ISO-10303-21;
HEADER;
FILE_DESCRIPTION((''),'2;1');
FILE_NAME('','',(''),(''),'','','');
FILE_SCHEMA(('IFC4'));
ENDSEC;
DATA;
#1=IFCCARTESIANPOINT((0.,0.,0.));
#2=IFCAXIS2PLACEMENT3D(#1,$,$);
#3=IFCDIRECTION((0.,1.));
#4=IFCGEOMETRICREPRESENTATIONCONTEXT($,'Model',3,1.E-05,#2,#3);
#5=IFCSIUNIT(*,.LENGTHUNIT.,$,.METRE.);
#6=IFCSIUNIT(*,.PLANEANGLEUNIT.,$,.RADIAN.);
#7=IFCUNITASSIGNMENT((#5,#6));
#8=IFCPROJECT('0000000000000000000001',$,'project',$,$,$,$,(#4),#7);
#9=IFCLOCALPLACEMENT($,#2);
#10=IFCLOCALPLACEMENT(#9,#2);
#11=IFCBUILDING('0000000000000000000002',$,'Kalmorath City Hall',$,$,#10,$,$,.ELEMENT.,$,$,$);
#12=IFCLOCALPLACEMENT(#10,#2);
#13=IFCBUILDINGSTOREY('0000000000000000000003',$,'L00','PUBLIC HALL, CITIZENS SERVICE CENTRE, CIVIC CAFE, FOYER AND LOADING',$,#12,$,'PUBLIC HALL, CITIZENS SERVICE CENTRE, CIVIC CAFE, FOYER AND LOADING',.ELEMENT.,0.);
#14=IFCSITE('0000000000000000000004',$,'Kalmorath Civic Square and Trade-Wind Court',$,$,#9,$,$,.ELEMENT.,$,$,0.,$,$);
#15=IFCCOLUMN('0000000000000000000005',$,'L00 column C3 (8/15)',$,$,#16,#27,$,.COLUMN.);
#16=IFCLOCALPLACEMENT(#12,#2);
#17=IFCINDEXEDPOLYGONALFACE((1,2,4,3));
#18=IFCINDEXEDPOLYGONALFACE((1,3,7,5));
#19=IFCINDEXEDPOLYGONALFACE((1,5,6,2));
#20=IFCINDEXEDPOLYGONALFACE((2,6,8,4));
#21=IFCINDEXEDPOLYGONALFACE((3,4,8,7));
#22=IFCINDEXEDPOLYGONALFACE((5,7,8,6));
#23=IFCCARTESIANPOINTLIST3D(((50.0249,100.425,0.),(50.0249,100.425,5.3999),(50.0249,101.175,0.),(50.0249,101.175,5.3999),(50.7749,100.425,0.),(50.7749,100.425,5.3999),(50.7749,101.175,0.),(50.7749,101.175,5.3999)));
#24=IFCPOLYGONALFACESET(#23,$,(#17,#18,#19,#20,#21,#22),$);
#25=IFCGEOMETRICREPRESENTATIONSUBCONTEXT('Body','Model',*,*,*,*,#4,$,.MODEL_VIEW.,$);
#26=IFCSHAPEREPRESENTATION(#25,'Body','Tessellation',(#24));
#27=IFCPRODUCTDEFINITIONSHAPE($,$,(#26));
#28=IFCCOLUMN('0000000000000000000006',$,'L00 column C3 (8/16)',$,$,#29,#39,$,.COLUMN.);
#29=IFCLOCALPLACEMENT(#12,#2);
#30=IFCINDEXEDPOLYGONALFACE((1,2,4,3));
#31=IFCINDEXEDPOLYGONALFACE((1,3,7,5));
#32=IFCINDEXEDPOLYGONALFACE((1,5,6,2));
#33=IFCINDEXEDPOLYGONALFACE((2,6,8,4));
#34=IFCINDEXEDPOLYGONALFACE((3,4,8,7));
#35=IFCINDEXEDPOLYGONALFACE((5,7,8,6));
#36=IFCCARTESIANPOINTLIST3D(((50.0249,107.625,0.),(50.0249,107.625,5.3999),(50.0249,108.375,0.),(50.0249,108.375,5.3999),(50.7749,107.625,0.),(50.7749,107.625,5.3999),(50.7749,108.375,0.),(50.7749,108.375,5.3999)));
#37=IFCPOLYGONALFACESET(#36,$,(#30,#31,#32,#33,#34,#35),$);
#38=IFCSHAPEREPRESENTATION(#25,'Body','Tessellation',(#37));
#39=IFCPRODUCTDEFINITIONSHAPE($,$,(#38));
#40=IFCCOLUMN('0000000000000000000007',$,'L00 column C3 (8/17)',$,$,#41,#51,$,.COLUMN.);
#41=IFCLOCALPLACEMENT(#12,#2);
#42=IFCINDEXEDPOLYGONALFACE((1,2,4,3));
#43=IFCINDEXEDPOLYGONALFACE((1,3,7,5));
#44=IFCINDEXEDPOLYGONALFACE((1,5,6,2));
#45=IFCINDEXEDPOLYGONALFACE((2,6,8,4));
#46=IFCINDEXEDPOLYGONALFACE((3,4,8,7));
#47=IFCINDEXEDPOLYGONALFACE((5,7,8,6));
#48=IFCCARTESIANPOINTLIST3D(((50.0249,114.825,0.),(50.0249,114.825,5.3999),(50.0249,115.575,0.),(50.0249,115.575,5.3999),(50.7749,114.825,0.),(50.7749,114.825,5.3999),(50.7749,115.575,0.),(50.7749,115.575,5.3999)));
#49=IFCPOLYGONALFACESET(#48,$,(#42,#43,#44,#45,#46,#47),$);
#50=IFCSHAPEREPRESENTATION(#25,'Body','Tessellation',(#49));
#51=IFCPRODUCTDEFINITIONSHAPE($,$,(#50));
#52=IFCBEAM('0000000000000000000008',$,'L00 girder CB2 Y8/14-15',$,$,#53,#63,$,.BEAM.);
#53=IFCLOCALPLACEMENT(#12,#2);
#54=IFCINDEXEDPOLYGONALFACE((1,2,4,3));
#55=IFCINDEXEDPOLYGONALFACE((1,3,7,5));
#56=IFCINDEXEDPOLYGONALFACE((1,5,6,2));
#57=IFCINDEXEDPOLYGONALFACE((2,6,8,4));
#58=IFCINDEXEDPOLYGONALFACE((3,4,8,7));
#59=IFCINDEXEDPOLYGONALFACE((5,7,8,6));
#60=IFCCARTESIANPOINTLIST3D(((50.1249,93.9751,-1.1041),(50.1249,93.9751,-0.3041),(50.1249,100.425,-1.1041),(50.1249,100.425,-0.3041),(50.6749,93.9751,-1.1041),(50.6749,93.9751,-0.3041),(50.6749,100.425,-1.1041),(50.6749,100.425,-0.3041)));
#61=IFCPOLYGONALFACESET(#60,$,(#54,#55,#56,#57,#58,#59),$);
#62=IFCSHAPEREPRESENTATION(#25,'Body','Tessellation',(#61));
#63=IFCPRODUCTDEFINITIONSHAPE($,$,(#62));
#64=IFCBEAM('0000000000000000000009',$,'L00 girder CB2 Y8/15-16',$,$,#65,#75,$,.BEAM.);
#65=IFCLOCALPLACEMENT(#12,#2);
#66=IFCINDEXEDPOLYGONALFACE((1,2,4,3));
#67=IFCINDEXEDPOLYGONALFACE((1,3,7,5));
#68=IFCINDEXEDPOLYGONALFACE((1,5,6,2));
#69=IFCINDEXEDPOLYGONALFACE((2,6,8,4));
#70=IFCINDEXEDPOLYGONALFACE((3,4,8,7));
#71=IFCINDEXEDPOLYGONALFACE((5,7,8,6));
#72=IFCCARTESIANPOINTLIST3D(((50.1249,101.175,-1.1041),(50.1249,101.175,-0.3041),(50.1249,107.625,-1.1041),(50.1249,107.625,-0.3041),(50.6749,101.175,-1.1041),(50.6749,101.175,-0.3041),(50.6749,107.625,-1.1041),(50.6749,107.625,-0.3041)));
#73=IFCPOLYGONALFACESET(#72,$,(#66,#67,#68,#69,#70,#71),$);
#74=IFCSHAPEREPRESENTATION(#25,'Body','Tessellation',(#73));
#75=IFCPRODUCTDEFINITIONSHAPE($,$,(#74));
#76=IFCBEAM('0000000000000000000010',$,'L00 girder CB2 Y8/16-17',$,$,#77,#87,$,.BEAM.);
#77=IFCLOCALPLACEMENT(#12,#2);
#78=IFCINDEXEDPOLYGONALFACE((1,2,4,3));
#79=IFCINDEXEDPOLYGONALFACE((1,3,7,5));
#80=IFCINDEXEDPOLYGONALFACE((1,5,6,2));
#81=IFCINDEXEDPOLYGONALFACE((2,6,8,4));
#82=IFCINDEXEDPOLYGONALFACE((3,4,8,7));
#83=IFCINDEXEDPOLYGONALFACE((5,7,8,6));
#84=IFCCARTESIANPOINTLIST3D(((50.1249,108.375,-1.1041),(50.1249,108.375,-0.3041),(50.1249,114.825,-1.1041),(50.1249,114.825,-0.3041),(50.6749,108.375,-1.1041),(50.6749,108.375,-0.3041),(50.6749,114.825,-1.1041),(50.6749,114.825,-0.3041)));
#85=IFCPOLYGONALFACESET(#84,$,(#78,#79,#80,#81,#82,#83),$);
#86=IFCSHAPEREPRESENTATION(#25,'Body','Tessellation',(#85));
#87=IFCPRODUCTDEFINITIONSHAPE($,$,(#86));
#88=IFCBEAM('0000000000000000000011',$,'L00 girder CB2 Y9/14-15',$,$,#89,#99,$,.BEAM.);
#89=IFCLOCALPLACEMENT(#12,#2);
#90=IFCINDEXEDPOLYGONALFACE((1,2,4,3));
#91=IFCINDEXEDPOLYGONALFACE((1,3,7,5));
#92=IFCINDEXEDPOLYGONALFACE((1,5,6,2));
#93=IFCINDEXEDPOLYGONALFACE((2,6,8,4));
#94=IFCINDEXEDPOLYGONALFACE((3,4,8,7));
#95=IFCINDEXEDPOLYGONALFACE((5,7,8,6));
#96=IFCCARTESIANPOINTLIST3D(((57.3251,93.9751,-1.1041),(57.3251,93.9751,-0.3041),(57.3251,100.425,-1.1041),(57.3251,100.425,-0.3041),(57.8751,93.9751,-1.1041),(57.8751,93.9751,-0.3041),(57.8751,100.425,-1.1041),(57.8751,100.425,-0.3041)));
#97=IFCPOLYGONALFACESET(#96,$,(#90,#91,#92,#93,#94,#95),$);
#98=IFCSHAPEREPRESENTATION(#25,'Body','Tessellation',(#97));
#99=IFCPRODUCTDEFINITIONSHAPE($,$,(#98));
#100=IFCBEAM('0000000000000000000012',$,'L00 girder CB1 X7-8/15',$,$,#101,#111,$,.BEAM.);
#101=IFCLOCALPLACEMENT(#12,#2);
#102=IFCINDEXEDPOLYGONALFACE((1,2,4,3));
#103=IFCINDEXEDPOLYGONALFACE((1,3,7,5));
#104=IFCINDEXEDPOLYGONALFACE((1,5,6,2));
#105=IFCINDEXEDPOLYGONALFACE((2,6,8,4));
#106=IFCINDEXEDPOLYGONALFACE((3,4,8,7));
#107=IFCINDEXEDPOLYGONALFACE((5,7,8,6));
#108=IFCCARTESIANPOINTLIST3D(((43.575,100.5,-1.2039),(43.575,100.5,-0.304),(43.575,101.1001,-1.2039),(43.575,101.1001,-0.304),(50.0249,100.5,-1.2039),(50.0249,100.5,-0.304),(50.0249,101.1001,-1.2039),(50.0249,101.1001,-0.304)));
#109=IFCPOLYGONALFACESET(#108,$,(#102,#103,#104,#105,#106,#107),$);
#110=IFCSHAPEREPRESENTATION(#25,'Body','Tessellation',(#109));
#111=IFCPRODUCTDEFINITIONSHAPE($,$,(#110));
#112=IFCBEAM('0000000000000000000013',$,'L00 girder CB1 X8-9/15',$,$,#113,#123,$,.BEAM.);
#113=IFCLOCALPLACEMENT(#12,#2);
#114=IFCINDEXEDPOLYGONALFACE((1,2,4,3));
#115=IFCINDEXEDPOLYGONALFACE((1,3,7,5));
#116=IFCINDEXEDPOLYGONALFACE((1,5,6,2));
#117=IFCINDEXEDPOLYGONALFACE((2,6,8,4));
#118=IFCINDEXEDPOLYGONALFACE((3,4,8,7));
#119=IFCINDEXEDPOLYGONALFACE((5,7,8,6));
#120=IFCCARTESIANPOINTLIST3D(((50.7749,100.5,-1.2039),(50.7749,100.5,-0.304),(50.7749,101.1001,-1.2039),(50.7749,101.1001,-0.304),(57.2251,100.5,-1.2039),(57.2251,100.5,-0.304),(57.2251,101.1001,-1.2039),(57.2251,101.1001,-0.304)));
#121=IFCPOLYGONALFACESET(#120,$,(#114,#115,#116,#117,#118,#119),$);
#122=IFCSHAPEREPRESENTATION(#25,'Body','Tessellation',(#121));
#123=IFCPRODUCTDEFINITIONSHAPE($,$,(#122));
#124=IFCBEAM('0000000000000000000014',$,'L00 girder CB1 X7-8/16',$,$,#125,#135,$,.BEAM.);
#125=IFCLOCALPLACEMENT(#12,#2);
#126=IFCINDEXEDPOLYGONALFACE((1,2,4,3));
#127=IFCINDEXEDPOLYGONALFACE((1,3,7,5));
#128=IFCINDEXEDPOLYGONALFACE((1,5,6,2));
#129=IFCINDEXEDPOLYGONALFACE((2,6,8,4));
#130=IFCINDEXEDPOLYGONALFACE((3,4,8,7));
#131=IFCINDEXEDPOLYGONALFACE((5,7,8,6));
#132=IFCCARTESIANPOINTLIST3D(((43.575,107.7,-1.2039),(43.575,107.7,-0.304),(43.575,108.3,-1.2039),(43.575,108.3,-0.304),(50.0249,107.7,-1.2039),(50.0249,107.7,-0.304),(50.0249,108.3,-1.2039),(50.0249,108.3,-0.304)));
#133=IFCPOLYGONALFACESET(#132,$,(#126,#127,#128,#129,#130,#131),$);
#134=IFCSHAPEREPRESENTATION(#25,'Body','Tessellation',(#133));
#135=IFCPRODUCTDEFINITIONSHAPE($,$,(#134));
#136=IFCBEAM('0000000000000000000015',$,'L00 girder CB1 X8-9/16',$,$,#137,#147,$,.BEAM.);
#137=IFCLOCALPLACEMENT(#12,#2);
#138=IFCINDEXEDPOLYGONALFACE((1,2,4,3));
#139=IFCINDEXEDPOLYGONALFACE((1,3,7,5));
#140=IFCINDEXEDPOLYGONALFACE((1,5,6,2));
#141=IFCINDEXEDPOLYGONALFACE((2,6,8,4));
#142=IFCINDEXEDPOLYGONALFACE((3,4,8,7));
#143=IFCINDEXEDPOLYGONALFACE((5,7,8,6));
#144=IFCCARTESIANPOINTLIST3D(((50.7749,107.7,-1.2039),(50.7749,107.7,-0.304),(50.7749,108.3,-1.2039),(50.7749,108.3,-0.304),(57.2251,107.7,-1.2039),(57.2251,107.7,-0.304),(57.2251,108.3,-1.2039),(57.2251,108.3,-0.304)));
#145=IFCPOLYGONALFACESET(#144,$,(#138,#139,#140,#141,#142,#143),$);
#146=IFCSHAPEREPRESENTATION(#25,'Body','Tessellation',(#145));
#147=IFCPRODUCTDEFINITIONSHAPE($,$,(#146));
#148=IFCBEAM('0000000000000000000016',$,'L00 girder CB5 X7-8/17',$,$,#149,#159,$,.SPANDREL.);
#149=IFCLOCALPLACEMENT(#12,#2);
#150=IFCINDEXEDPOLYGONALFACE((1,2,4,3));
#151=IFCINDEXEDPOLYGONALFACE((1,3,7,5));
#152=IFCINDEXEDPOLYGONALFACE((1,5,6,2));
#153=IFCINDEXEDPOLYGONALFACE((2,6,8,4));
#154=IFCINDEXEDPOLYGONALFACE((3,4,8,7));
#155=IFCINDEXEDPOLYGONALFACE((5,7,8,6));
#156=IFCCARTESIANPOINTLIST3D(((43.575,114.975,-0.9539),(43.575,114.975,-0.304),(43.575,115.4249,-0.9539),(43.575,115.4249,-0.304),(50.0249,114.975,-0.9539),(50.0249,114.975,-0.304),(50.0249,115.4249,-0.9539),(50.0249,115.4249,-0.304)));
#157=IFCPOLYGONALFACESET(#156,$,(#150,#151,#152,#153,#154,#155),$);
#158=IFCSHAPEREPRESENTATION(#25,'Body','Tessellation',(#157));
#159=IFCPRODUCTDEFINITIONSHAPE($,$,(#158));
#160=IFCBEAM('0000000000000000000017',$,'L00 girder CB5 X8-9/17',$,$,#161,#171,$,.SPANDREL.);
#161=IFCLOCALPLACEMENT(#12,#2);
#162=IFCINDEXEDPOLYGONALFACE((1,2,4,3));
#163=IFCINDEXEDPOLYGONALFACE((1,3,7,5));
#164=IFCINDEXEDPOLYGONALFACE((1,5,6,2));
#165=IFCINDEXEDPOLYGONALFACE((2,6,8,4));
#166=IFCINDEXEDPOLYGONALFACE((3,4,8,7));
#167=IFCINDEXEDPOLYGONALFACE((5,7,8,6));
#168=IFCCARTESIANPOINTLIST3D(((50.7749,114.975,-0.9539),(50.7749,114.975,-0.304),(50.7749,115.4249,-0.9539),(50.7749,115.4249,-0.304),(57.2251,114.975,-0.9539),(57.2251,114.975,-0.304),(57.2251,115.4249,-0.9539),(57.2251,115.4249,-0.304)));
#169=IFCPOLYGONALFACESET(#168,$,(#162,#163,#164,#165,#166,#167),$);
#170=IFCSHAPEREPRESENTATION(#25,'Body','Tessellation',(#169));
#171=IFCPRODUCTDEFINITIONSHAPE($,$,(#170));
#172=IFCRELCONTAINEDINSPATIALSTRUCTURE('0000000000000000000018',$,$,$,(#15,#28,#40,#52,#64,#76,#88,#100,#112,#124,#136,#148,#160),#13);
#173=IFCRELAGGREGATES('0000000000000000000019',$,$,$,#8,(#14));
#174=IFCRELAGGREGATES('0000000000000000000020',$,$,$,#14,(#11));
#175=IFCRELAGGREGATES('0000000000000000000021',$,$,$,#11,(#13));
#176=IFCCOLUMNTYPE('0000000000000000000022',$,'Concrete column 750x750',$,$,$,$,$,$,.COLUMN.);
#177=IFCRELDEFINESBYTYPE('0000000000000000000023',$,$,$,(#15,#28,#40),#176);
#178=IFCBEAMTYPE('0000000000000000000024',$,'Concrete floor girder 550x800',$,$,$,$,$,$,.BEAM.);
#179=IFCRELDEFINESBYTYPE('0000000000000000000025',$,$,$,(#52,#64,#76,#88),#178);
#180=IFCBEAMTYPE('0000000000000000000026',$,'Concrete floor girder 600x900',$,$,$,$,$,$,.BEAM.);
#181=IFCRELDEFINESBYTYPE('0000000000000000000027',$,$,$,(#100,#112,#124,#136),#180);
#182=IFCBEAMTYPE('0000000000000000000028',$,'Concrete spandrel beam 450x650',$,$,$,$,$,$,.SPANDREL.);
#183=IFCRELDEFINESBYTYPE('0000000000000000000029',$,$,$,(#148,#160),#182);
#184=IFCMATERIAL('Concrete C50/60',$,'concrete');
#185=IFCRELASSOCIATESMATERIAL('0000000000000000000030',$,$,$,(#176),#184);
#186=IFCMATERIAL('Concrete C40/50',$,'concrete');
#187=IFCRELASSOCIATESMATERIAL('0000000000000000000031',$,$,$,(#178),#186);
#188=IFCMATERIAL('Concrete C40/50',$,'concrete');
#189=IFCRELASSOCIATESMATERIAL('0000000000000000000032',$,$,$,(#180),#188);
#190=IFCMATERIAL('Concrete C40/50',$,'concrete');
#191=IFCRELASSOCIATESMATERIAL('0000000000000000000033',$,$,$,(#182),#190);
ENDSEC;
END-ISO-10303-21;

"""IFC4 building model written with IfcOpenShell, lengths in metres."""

from ifc_helpers import new_model, si_unit, direction, frame, origin, origin_2d, place, context, subcontext, project, spatial, rectangle, extrude, material, material_profile, profile_set, type_object, element, save


model = new_model("IFC4")

# Units and contexts
model_context = context("Model", 3, precision=1e-05, world=origin(), true_north=direction((0.0, 1.0)))
body_context = subcontext(model_context, "Body", "Model", "MODEL_VIEW")
ifc_project = project(units=[si_unit("LENGTHUNIT", "METRE"), si_unit("PLANEANGLEUNIT", "RADIAN")], contexts=[model_context])

# Site, building, storey
site_placement = place(None, origin())
site = spatial("IfcSite", under=ifc_project, at=site_placement, Name="Kalmorath Civic Square and Trade-Wind Court", CompositionType="ELEMENT", RefElevation=0.0)
building_placement = place(site_placement, origin())
building = spatial("IfcBuilding", under=site, at=building_placement, Name="Kalmorath City Hall", CompositionType="ELEMENT")
storey_placement = place(building_placement, origin())
storey = spatial("IfcBuildingStorey", under=building, at=storey_placement, Name="L00", Description="PUBLIC HALL, CITIZENS SERVICE CENTRE, CIVIC CAFE, FOYER AND LOADING", LongName="PUBLIC HALL, CITIZENS SERVICE CENTRE, CIVIC CAFE, FOYER AND LOADING", CompositionType="ELEMENT", Elevation=0.0)

# Columns
ifc_material_1 = material(Name="Concrete C50/60", Category="concrete")
ifc_material_profile_1 = material_profile(ifc_material_1, rectangle(XDim=0.75, YDim=0.75, at=origin_2d()), Name="RC-COL-750X750")
ifc_profile_set_1 = profile_set([ifc_material_profile_1], Name="Concrete C50/60")
column_type = type_object("IfcColumnType", Name="Concrete column 750x750", PredefinedType="COLUMN", material=ifc_profile_set_1)
for number, where, z_axis, x_axis, name in (
    (1, (50.3999, 100.8, 0.0), (0.0, 0.0, 1.0), (1.0, 0.0, 0.0), "L00 column C3 (8/15)"),
    (2, (50.3999, 108.0, 0.0), (0.0, 0.0, 1.0), (1.0, 0.0, 0.0), "L00 column C3 (8/16)"),
    (3, (50.3999, 115.2, 0.0), (0.0, 0.0, 1.0), (1.0, 0.0, 0.0), "L00 column C3 (8/17)"),
):
    element("IfcColumn", number, at=place(storey_placement, frame(where, z_axis=z_axis, x_axis=x_axis)), inside=storey, type_object=column_type, Name=name, PredefinedType="COLUMN", context=body_context, shape_type="SweptSolid", body=[
        extrude(rectangle(XDim=0.75, YDim=0.75, at=origin_2d()), origin(), (0.0, 0.0, 1.0), 5.3999),
    ])

# Beams
ifc_material_2 = material(Name="Concrete C40/50", Category="concrete")
ifc_material_profile_2 = material_profile(ifc_material_2, rectangle(XDim=0.55, YDim=0.8, at=origin_2d()), Name="RC-BM-550X800")
ifc_profile_set_2 = profile_set([ifc_material_profile_2], Name="Concrete C40/50")
beam_type_1 = type_object("IfcBeamType", Name="Concrete floor girder 550x800", PredefinedType="BEAM", material=ifc_profile_set_2)
for number, where, z_axis, x_axis, name in (
    (4, (50.3999, 93.9751, -0.7041), (0.0, 1.0, 0.0), (-1.0, 0.0, 0.0), "L00 girder CB2 Y8/14-15"),
    (5, (50.3999, 101.175, -0.7041), (0.0, 1.0, 0.0), (-1.0, 0.0, 0.0), "L00 girder CB2 Y8/15-16"),
    (6, (50.3999, 108.375, -0.7041), (0.0, 1.0, 0.0), (-1.0, 0.0, 0.0), "L00 girder CB2 Y8/16-17"),
    (7, (57.6001, 93.9751, -0.7041), (0.0, 1.0, 0.0), (-1.0, 0.0, 0.0), "L00 girder CB2 Y9/14-15"),
):
    element("IfcBeam", number, at=place(storey_placement, frame(where, z_axis=z_axis, x_axis=x_axis)), inside=storey, type_object=beam_type_1, Name=name, PredefinedType="BEAM", context=body_context, shape_type="SweptSolid", body=[
        extrude(rectangle(XDim=0.55, YDim=0.8, at=origin_2d()), origin(), (0.0, 0.0, 1.0), 6.45),
    ])
ifc_material_3 = material(Name="Concrete C40/50", Category="concrete")
ifc_material_profile_3 = material_profile(ifc_material_3, rectangle(XDim=0.6001, YDim=0.8999, at=origin_2d()), Name="RC-BM-600X900")
ifc_profile_set_3 = profile_set([ifc_material_profile_3], Name="Concrete C40/50")
beam_type_2 = type_object("IfcBeamType", Name="Concrete floor girder 600x900", PredefinedType="BEAM", material=ifc_profile_set_3)
beam_1_placement = place(storey_placement, frame((43.575, 100.8, -0.7539), z_axis=(1.0, 0.0, 0.0), x_axis=(0.0, 1.0, 0.0)))
element("IfcBeam", 8, at=beam_1_placement, inside=storey, type_object=beam_type_2, Name="L00 girder CB1 X7-8/15", PredefinedType="BEAM", context=body_context, shape_type="SweptSolid", body=[
    extrude(rectangle(XDim=0.6001, YDim=0.8999, at=origin_2d()), origin(), (0.0, 0.0, 1.0), 6.45),
])
beam_2_placement = place(storey_placement, frame((50.7749, 100.8, -0.7539), z_axis=(1.0, 0.0, 0.0), x_axis=(0.0, 1.0, 0.0)))
element("IfcBeam", 9, at=beam_2_placement, inside=storey, type_object=beam_type_2, Name="L00 girder CB1 X8-9/15", PredefinedType="BEAM", context=body_context, shape_type="SweptSolid", body=[
    extrude(rectangle(XDim=0.6001, YDim=0.8999, at=origin_2d()), origin(), (0.0, 0.0, 1.0), 6.4502),
])
beam_3_placement = place(storey_placement, frame((43.575, 108.0, -0.7539), z_axis=(1.0, 0.0, 0.0), x_axis=(0.0, 1.0, 0.0)))
element("IfcBeam", 10, at=beam_3_placement, inside=storey, type_object=beam_type_2, Name="L00 girder CB1 X7-8/16", PredefinedType="BEAM", context=body_context, shape_type="SweptSolid", body=[
    extrude(rectangle(XDim=0.6001, YDim=0.8999, at=origin_2d()), origin(), (0.0, 0.0, 1.0), 6.45),
])
beam_4_placement = place(storey_placement, frame((50.7749, 108.0, -0.7539), z_axis=(1.0, 0.0, 0.0), x_axis=(0.0, 1.0, 0.0)))
element("IfcBeam", 11, at=beam_4_placement, inside=storey, type_object=beam_type_2, Name="L00 girder CB1 X8-9/16", PredefinedType="BEAM", context=body_context, shape_type="SweptSolid", body=[
    extrude(rectangle(XDim=0.6001, YDim=0.8999, at=origin_2d()), origin(), (0.0, 0.0, 1.0), 6.4502),
])
ifc_material_4 = material(Name="Concrete C40/50", Category="concrete")
ifc_material_profile_4 = material_profile(ifc_material_4, rectangle(XDim=0.45, YDim=0.6499, at=origin_2d()), Name="RC-BM-450X650")
ifc_profile_set_4 = profile_set([ifc_material_profile_4], Name="Concrete C40/50")
beam_type_3 = type_object("IfcBeamType", Name="Concrete spandrel beam 450x650", PredefinedType="SPANDREL", material=ifc_profile_set_4)
beam_5_placement = place(storey_placement, frame((43.575, 115.2, -0.6289), z_axis=(1.0, 0.0, 0.0), x_axis=(0.0, 1.0, 0.0)))
element("IfcBeam", 12, at=beam_5_placement, inside=storey, type_object=beam_type_3, Name="L00 girder CB5 X7-8/17", PredefinedType="SPANDREL", context=body_context, shape_type="SweptSolid", body=[
    extrude(rectangle(XDim=0.45, YDim=0.6499, at=origin_2d()), origin(), (0.0, 0.0, 1.0), 6.45),
])
beam_6_placement = place(storey_placement, frame((50.7749, 115.2, -0.6289), z_axis=(1.0, 0.0, 0.0), x_axis=(0.0, 1.0, 0.0)))
element("IfcBeam", 13, at=beam_6_placement, inside=storey, type_object=beam_type_3, Name="L00 girder CB5 X8-9/17", PredefinedType="SPANDREL", context=body_context, shape_type="SweptSolid", body=[
    extrude(rectangle(XDim=0.45, YDim=0.6499, at=origin_2d()), origin(), (0.0, 0.0, 1.0), 6.4502),
])

save(model, "model.ifc")
